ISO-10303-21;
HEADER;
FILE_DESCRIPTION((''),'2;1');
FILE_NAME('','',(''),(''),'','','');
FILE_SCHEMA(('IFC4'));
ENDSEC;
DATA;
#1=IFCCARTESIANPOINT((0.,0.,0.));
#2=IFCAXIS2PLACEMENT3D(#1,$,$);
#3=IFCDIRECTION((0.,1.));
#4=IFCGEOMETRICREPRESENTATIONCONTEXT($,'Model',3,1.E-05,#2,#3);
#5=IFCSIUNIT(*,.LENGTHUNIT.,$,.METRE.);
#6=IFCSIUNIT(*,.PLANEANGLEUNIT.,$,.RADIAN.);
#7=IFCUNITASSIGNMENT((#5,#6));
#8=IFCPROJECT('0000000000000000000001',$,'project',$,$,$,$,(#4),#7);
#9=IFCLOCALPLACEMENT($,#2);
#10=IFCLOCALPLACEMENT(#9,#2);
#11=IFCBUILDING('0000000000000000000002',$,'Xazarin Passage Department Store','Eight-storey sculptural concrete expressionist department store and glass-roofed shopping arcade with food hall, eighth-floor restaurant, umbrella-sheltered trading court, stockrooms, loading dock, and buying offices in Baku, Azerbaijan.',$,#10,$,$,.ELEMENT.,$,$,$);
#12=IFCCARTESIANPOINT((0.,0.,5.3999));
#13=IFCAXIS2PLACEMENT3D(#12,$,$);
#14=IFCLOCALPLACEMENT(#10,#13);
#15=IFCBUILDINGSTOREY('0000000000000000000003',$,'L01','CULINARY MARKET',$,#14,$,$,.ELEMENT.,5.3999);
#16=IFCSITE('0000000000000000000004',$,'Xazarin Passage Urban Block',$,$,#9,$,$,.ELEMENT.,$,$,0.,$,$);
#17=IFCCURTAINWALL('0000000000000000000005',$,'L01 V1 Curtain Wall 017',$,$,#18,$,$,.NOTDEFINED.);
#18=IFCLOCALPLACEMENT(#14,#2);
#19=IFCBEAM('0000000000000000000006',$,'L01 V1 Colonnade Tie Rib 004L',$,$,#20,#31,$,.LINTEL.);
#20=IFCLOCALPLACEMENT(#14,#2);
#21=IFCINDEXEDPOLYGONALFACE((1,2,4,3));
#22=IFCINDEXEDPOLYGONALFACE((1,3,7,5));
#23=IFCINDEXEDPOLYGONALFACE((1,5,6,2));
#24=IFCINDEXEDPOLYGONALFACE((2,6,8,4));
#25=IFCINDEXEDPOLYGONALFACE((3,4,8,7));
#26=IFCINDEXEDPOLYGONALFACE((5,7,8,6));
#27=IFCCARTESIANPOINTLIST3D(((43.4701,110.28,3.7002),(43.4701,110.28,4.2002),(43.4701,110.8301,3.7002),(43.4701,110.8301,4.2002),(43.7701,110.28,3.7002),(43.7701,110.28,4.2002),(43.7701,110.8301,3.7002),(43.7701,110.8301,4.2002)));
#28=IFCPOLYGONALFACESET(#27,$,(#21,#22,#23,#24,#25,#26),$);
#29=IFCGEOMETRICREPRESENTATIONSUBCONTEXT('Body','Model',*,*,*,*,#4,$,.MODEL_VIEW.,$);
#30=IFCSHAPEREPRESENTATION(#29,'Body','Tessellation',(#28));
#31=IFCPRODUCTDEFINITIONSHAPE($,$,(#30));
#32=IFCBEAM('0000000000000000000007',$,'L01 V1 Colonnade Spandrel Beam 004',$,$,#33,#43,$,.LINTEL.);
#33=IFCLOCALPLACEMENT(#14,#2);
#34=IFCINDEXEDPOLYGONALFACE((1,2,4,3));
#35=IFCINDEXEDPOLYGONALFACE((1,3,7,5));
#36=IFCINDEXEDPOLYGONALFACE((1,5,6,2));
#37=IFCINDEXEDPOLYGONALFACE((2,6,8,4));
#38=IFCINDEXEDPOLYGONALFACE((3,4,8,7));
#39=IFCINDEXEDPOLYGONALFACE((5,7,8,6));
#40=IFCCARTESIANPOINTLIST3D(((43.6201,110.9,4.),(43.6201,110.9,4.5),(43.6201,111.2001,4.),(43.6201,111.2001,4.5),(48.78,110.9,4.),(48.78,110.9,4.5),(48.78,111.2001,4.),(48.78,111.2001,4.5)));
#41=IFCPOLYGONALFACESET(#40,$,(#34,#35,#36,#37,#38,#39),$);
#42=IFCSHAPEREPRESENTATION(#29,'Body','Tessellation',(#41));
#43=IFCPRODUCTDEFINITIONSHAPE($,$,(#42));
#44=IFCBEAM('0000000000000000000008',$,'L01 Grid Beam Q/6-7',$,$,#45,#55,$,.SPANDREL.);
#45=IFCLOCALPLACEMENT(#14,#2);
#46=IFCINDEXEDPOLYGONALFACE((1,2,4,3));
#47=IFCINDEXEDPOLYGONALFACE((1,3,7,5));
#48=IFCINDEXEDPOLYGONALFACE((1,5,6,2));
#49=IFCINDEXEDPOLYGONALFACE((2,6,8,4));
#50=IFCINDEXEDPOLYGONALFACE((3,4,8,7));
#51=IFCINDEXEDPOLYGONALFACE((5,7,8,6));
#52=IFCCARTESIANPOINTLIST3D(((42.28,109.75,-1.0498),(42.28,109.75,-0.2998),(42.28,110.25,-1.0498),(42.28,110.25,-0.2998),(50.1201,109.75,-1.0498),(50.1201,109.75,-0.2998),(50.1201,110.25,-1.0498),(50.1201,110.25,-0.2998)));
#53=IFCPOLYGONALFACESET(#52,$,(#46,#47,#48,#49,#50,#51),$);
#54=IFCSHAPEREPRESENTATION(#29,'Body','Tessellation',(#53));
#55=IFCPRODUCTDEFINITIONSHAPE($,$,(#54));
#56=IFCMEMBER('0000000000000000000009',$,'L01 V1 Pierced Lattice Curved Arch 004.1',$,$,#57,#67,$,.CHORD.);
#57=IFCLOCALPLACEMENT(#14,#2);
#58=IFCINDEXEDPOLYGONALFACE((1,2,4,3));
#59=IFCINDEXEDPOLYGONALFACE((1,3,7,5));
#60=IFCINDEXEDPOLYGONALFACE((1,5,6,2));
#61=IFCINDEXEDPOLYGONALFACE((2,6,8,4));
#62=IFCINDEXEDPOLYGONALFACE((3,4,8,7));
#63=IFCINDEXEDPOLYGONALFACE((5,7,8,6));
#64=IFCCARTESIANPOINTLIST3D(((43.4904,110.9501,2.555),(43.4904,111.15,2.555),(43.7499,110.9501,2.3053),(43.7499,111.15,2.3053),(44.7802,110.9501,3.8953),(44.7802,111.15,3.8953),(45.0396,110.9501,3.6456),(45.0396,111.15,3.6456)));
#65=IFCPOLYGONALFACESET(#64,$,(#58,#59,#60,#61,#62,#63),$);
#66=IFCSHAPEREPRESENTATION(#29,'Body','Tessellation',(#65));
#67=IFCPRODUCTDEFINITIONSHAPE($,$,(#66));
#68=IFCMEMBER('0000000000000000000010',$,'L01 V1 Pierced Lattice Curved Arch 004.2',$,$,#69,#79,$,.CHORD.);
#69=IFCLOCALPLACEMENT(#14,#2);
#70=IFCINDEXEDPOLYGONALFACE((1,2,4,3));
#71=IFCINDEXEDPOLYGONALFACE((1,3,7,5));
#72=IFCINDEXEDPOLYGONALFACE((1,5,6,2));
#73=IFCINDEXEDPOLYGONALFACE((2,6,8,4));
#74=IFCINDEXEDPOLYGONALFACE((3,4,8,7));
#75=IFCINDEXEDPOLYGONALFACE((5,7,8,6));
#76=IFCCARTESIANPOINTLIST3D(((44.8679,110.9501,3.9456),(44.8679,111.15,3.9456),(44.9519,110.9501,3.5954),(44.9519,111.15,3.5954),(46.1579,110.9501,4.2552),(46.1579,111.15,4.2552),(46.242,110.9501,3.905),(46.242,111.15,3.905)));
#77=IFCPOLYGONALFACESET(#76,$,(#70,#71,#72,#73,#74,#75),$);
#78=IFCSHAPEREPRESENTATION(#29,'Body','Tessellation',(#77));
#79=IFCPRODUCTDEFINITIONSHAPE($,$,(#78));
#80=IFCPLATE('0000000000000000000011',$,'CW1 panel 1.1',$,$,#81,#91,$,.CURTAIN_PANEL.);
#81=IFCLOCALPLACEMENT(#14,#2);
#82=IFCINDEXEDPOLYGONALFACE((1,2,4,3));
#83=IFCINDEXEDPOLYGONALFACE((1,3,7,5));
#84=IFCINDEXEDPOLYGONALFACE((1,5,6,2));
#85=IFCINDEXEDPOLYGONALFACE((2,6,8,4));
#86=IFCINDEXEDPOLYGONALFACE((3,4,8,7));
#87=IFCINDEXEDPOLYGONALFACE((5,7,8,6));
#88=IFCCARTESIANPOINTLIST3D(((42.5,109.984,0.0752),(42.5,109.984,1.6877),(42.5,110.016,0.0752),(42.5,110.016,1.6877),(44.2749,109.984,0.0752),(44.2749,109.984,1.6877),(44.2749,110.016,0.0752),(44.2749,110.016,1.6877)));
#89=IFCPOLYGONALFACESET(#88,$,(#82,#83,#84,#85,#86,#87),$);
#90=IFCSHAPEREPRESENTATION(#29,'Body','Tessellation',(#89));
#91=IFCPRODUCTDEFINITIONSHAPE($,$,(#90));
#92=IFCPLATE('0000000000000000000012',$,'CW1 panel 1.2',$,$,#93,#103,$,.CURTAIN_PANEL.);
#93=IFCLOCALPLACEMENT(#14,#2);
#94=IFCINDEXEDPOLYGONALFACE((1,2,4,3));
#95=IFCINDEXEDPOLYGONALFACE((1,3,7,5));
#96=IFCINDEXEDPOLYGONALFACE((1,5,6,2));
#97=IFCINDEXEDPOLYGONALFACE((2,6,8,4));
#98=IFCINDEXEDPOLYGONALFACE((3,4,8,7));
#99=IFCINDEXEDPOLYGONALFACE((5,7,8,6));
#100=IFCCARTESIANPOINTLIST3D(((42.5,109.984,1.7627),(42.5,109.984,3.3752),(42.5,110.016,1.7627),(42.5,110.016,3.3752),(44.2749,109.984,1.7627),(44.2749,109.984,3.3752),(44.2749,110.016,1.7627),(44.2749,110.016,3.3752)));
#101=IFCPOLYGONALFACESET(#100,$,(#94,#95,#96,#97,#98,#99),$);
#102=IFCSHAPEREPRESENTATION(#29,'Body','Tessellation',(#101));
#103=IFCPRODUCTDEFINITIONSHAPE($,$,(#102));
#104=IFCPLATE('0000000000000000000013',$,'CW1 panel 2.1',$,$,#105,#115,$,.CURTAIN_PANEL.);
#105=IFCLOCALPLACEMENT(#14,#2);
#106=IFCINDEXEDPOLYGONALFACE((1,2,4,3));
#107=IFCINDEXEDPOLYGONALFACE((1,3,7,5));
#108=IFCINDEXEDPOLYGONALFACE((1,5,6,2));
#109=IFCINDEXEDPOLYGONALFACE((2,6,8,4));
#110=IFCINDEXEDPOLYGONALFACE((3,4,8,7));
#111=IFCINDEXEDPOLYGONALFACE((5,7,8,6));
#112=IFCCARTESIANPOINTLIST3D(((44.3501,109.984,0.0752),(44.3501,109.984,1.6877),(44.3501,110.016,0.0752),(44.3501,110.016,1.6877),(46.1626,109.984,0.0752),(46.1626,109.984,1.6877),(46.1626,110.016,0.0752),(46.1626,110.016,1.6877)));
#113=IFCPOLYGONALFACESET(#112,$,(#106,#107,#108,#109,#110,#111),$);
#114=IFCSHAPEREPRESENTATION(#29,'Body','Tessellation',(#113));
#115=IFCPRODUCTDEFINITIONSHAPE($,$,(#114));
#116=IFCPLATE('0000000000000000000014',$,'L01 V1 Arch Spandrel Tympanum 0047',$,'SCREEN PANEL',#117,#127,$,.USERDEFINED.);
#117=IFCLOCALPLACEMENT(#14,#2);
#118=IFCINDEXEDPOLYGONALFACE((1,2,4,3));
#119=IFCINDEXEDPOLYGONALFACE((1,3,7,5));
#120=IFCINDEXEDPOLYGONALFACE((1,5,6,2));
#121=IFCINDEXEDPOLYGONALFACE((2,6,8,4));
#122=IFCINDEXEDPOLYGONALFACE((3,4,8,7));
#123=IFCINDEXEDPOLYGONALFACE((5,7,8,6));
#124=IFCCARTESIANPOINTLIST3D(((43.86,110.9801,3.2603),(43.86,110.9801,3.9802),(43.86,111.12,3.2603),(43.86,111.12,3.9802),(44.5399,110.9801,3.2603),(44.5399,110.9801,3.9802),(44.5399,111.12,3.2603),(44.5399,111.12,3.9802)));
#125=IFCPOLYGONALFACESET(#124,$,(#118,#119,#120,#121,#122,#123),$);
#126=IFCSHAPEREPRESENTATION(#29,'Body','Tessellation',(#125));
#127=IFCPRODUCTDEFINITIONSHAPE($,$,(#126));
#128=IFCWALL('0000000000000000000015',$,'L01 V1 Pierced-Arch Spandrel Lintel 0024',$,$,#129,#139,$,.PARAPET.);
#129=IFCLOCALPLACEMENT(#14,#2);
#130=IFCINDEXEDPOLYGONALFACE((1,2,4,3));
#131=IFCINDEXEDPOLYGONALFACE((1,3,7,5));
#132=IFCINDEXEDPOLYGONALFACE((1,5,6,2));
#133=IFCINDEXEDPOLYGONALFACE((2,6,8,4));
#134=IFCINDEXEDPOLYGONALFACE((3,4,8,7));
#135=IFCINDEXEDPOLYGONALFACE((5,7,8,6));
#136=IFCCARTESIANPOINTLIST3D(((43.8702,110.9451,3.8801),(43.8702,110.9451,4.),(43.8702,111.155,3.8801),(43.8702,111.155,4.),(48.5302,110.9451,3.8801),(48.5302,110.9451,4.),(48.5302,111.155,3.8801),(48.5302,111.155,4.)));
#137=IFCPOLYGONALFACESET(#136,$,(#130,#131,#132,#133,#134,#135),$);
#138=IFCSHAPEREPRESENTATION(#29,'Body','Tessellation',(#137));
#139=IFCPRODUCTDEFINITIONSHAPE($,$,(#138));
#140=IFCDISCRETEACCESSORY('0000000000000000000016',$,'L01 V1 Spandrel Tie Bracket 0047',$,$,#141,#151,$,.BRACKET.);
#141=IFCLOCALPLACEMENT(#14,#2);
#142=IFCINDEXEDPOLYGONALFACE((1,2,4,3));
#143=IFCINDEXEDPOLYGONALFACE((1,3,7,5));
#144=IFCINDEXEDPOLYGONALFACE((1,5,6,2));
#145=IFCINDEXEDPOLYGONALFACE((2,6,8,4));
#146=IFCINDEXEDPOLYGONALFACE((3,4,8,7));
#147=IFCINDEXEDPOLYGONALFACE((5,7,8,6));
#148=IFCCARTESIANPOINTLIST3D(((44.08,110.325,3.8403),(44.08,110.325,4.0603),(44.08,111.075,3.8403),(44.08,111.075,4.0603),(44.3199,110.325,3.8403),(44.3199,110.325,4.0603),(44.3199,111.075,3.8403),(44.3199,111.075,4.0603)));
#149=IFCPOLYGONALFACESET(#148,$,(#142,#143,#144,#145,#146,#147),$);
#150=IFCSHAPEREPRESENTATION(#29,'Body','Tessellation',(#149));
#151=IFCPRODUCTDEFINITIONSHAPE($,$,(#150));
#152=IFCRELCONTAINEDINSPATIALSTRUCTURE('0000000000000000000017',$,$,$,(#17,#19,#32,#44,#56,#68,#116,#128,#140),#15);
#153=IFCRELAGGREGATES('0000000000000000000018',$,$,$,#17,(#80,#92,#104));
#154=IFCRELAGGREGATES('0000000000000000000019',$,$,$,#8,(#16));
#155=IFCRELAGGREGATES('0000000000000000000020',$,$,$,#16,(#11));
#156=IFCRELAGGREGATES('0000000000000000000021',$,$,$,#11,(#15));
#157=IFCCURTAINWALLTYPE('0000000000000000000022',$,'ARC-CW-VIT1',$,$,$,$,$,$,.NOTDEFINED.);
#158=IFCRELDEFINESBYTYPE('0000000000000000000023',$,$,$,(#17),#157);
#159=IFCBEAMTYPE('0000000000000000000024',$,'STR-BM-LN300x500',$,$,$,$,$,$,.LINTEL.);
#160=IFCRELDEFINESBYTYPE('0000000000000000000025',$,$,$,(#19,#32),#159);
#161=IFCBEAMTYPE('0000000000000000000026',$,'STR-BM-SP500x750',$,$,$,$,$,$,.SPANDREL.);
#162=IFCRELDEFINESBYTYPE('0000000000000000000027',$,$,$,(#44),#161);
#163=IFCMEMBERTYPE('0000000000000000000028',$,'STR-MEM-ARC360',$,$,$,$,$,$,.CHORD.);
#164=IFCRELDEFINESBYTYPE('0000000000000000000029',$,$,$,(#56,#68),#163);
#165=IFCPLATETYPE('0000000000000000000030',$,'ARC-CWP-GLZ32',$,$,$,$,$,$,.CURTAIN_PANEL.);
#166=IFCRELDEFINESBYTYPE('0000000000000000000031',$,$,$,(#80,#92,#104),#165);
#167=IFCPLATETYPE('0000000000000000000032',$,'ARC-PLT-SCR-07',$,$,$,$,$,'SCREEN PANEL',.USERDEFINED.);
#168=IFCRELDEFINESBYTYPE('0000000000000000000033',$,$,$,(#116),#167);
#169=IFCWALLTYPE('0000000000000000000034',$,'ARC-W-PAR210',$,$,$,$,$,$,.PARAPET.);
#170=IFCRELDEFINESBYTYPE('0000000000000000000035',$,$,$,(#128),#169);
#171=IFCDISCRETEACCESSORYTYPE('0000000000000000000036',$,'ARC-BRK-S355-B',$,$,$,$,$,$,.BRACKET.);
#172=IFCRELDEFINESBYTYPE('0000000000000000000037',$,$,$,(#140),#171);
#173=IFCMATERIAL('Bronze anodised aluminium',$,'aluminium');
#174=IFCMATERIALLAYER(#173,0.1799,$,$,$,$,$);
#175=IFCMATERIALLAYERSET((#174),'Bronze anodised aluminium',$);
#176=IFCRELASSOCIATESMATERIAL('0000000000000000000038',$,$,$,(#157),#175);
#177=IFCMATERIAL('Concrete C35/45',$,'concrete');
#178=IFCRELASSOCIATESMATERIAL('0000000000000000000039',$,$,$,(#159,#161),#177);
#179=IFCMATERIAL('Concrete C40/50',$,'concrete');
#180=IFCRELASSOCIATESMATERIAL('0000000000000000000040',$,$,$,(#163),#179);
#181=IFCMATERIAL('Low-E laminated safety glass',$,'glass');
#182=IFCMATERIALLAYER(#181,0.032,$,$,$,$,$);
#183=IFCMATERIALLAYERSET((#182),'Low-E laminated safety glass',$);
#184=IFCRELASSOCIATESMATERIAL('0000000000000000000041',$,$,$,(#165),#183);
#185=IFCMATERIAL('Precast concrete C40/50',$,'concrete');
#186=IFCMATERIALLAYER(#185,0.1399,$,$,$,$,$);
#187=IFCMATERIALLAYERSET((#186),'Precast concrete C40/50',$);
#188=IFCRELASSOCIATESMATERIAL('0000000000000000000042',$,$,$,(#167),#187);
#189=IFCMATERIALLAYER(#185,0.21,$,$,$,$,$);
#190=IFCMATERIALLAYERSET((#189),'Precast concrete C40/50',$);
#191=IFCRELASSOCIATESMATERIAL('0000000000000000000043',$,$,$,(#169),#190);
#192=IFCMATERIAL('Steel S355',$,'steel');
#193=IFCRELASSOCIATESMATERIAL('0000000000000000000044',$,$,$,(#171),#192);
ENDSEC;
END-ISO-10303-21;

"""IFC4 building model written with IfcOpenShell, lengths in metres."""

from ifc_helpers import new_model, si_unit, direction, frame, frame_2d, origin, origin_2d, place, context, subcontext, project, spatial, rectangle, extrude, material, layer, layer_set, material_profile, profile_set, type_object, element, aggregate, save


model = new_model("IFC4")

# Units and contexts
model_context = context("Model", 3, precision=1e-05, world=origin(), true_north=direction((0.0, 1.0)))
body_context = subcontext(model_context, "Body", "Model", "MODEL_VIEW")
ifc_project = project(units=[si_unit("LENGTHUNIT", "METRE"), si_unit("PLANEANGLEUNIT", "RADIAN")], contexts=[model_context])

# Site, building, storey
site_placement = place(None, origin())
site = spatial("IfcSite", under=ifc_project, at=site_placement, Name="Xazarin Passage Urban Block", CompositionType="ELEMENT", RefElevation=0.0)
building_placement = place(site_placement, origin())
building = spatial("IfcBuilding", under=site, at=building_placement, Name="Xazarin Passage Department Store", Description="Eight-storey sculptural concrete expressionist department store and glass-roofed shopping arcade with food hall, eighth-floor restaurant, umbrella-sheltered trading court, stockrooms, loading dock, and buying offices in Baku, Azerbaijan.", CompositionType="ELEMENT")
storey_placement = place(building_placement, frame((0.0, 0.0, 5.3999)))
storey = spatial("IfcBuildingStorey", under=building, at=storey_placement, Name="L01", Description="CULINARY MARKET", CompositionType="ELEMENT", Elevation=5.3999)

# Shared definitions
ifc_material_1 = material(Name="Concrete C40/50", Category="concrete")

# Shared definitions
ifc_material_2 = material(Name="Bronze anodised aluminium", Category="aluminium")
ifc_layer_1 = layer(ifc_material_2, 0.1799)
ifc_layer_set_1 = layer_set([ifc_layer_1], Name="Bronze anodised aluminium")
curtain_wall_type = type_object("IfcCurtainWallType", Name="ARC-CW-VIT1", PredefinedType="NOTDEFINED", material=ifc_layer_set_1)

# Curtain wall
curtain_wall_1_placement = place(storey_placement, origin())
curtain_wall_1 = element("IfcCurtainWall", 1, at=curtain_wall_1_placement, inside=storey, type_object=curtain_wall_type, Name="L01 V1 Curtain Wall 017", PredefinedType="NOTDEFINED")

# Beams
ifc_material_3 = material(Name="Concrete C35/45", Category="concrete")
ifc_material_profile_1 = material_profile(ifc_material_3, rectangle(XDim=0.3, YDim=0.5, at=origin_2d()), Name="RC 300x500")
ifc_profile_set_1 = profile_set([ifc_material_profile_1], Name="Concrete C35/45")
beam_type_1 = type_object("IfcBeamType", Name="STR-BM-LN300x500", PredefinedType="LINTEL", material=ifc_profile_set_1)
beam_1_placement = place(storey_placement, frame((43.6201, 110.28, 3.9502), z_axis=(0.0, 1.0, 0.0), x_axis=(-1.0, 0.0, 0.0)))
element("IfcBeam", 2, at=beam_1_placement, inside=storey, type_object=beam_type_1, Name="L01 V1 Colonnade Tie Rib 004L", PredefinedType="LINTEL", context=body_context, shape_type="SweptSolid", body=[
    extrude(rectangle(XDim=0.3, YDim=0.5, at=origin_2d()), origin(), (0.0, 0.0, 1.0), 0.55),
])
beam_2_placement = place(storey_placement, frame((43.6201, 111.05, 4.25), z_axis=(1.0, 0.0, 0.0), x_axis=(0.0, 1.0, 0.0)))
element("IfcBeam", 3, at=beam_2_placement, inside=storey, type_object=beam_type_1, Name="L01 V1 Colonnade Spandrel Beam 004", PredefinedType="LINTEL", context=body_context, shape_type="SweptSolid", body=[
    extrude(rectangle(XDim=0.3, YDim=0.5, at=origin_2d()), origin(), (0.0, 0.0, 1.0), 5.1599),
])
ifc_material_profile_2 = material_profile(ifc_material_3, rectangle(XDim=0.5, YDim=0.75, at=origin_2d()), Name="RC 500x750")
ifc_profile_set_2 = profile_set([ifc_material_profile_2], Name="Concrete C35/45")
beam_type_2 = type_object("IfcBeamType", Name="STR-BM-SP500x750", PredefinedType="SPANDREL", material=ifc_profile_set_2)
beam_3_placement = place(storey_placement, frame((42.28, 110.0, -0.6748), z_axis=(1.0, 0.0, 0.0), x_axis=(0.0, 1.0, 0.0)))
element("IfcBeam", 4, at=beam_3_placement, inside=storey, type_object=beam_type_2, Name="L01 Grid Beam Q/6-7", PredefinedType="SPANDREL", context=body_context, shape_type="SweptSolid", body=[
    extrude(rectangle(XDim=0.5, YDim=0.75, at=origin_2d()), origin(), (0.0, 0.0, 1.0), 7.8401),
])

# Members
ifc_material_profile_3 = material_profile(ifc_material_1, rectangle(XDim=0.2, YDim=0.3601, at=origin_2d()), Name="RC 200x360")
ifc_profile_set_3 = profile_set([ifc_material_profile_3], Name="Concrete C40/50")
member_type_1 = type_object("IfcMemberType", Name="STR-MEM-ARC360", PredefinedType="CHORD", material=ifc_profile_set_3)
member_1_placement = place(storey_placement, frame((43.6201, 111.05, 2.4302), z_axis=(0.693392, 0.0, 0.720561), x_axis=(0.0, 1.0, 0.0)))
element("IfcMember", 5, at=member_1_placement, inside=storey, type_object=member_type_1, Name="L01 V1 Pierced Lattice Curved Arch 004.1", PredefinedType="CHORD", context=body_context, shape_type="SweptSolid", body=[
    extrude(rectangle(XDim=0.2, YDim=0.3601, at=origin_2d()), origin(), (0.0, 0.0, 1.0), 1.8601),
])
member_2_placement = place(storey_placement, frame((44.9099, 111.05, 3.7705), z_axis=(0.972394, 0.0, 0.233345), x_axis=(0.0, 1.0, 0.0)))
element("IfcMember", 6, at=member_2_placement, inside=storey, type_object=member_type_1, Name="L01 V1 Pierced Lattice Curved Arch 004.2", PredefinedType="CHORD", context=body_context, shape_type="SweptSolid", body=[
    extrude(rectangle(XDim=0.2, YDim=0.3601, at=origin_2d()), origin(), (0.0, 0.0, 1.0), 1.3267),
])

# Plates
ifc_material_4 = material(Name="Low-E laminated safety glass", Category="glass")
ifc_layer_2 = layer(ifc_material_4, 0.032)
ifc_layer_set_2 = layer_set([ifc_layer_2], Name="Low-E laminated safety glass")
plate_type_1 = type_object("IfcPlateType", Name="ARC-CWP-GLZ32", PredefinedType="CURTAIN_PANEL", material=ifc_layer_set_2)
plate_1_placement = place(storey_placement, frame((43.3875, 110.0, 0.0752), z_axis=(0.0, 0.0, 1.0), x_axis=(1.0, 0.0, 0.0)))
plate_1 = element("IfcPlate", 7, at=plate_1_placement, type_object=plate_type_1, Name="CW1 panel 1.1", PredefinedType="CURTAIN_PANEL", context=body_context, shape_type="SweptSolid", body=[
    extrude(rectangle(XDim=1.7749, YDim=0.032, at=origin_2d()), origin(), (0.0, 0.0, 1.0), 1.6125),
])
plate_2_placement = place(storey_placement, frame((43.3875, 110.0, 1.7627), z_axis=(0.0, 0.0, 1.0), x_axis=(1.0, 0.0, 0.0)))
plate_2 = element("IfcPlate", 8, at=plate_2_placement, type_object=plate_type_1, Name="CW1 panel 1.2", PredefinedType="CURTAIN_PANEL", context=body_context, shape_type="SweptSolid", body=[
    extrude(rectangle(XDim=1.7749, YDim=0.032, at=origin_2d()), origin(), (0.0, 0.0, 1.0), 1.6125),
])
plate_3_placement = place(storey_placement, frame((45.2563, 110.0, 0.0752), z_axis=(0.0, 0.0, 1.0), x_axis=(1.0, 0.0, 0.0)))
plate_3 = element("IfcPlate", 9, at=plate_3_placement, type_object=plate_type_1, Name="CW1 panel 2.1", PredefinedType="CURTAIN_PANEL", context=body_context, shape_type="SweptSolid", body=[
    extrude(rectangle(XDim=1.8125, YDim=0.032, at=origin_2d()), origin(), (0.0, 0.0, 1.0), 1.6125),
])
aggregate(curtain_wall_1, [plate_1, plate_2, plate_3])
ifc_material_5 = material(Name="Precast concrete C40/50", Category="concrete")
ifc_layer_3 = layer(ifc_material_5, 0.1399)
ifc_layer_set_3 = layer_set([ifc_layer_3], Name="Precast concrete C40/50")
plate_type_2 = type_object("IfcPlateType", Name="ARC-PLT-SCR-07", ElementType="SCREEN PANEL", PredefinedType="USERDEFINED", material=ifc_layer_set_3)
plate_4_placement = place(storey_placement, frame((44.2, 111.05, 3.2603), z_axis=(0.0, 0.0, 1.0), x_axis=(1.0, 0.0, 0.0)))
element("IfcPlate", 10, at=plate_4_placement, inside=storey, type_object=plate_type_2, Name="L01 V1 Arch Spandrel Tympanum 0047", ObjectType="SCREEN PANEL", PredefinedType="USERDEFINED", context=body_context, shape_type="SweptSolid", body=[
    extrude(rectangle(XDim=0.6799, YDim=0.1399, at=origin_2d()), origin(), (0.0, 0.0, 1.0), 0.72),
])

# Wall
ifc_layer_4 = layer(ifc_material_5, 0.21)
ifc_layer_set_4 = layer_set([ifc_layer_4], Name="Precast concrete C40/50")
wall_type = type_object("IfcWallType", Name="ARC-W-PAR210", PredefinedType="PARAPET", material=ifc_layer_set_4)
wall_placement = place(storey_placement, frame((43.8701, 111.05, 3.8801), z_axis=(0.0, 0.0, 1.0), x_axis=(1.0, 0.0, 0.0)))
element("IfcWall", 11, at=wall_placement, inside=storey, type_object=wall_type, Name="L01 V1 Pierced-Arch Spandrel Lintel 0024", PredefinedType="PARAPET", context=body_context, shape_type="SweptSolid", body=[
    extrude(rectangle(XDim=4.6599, YDim=0.21, at=frame_2d((2.3301, 0.0))), origin(), (0.0, 0.0, 1.0), 0.1199),
])

# Discrete accessory
ifc_material_6 = material(Name="Steel S355", Category="steel")
discrete_accessory_type = type_object("IfcDiscreteAccessoryType", Name="ARC-BRK-S355-B", PredefinedType="BRACKET", material=ifc_material_6)
discrete_accessory_placement = place(storey_placement, frame((44.2, 110.7, 3.8403), z_axis=(0.0, 0.0, 1.0), x_axis=(1.0, 0.0, 0.0)))
element("IfcDiscreteAccessory", 12, at=discrete_accessory_placement, inside=storey, type_object=discrete_accessory_type, Name="L01 V1 Spandrel Tie Bracket 0047", PredefinedType="BRACKET", context=body_context, shape_type="SweptSolid", body=[
    extrude(rectangle(XDim=0.24, YDim=0.75, at=origin_2d()), origin(), (0.0, 0.0, 1.0), 0.22),
])

save(model, "model.ifc")
